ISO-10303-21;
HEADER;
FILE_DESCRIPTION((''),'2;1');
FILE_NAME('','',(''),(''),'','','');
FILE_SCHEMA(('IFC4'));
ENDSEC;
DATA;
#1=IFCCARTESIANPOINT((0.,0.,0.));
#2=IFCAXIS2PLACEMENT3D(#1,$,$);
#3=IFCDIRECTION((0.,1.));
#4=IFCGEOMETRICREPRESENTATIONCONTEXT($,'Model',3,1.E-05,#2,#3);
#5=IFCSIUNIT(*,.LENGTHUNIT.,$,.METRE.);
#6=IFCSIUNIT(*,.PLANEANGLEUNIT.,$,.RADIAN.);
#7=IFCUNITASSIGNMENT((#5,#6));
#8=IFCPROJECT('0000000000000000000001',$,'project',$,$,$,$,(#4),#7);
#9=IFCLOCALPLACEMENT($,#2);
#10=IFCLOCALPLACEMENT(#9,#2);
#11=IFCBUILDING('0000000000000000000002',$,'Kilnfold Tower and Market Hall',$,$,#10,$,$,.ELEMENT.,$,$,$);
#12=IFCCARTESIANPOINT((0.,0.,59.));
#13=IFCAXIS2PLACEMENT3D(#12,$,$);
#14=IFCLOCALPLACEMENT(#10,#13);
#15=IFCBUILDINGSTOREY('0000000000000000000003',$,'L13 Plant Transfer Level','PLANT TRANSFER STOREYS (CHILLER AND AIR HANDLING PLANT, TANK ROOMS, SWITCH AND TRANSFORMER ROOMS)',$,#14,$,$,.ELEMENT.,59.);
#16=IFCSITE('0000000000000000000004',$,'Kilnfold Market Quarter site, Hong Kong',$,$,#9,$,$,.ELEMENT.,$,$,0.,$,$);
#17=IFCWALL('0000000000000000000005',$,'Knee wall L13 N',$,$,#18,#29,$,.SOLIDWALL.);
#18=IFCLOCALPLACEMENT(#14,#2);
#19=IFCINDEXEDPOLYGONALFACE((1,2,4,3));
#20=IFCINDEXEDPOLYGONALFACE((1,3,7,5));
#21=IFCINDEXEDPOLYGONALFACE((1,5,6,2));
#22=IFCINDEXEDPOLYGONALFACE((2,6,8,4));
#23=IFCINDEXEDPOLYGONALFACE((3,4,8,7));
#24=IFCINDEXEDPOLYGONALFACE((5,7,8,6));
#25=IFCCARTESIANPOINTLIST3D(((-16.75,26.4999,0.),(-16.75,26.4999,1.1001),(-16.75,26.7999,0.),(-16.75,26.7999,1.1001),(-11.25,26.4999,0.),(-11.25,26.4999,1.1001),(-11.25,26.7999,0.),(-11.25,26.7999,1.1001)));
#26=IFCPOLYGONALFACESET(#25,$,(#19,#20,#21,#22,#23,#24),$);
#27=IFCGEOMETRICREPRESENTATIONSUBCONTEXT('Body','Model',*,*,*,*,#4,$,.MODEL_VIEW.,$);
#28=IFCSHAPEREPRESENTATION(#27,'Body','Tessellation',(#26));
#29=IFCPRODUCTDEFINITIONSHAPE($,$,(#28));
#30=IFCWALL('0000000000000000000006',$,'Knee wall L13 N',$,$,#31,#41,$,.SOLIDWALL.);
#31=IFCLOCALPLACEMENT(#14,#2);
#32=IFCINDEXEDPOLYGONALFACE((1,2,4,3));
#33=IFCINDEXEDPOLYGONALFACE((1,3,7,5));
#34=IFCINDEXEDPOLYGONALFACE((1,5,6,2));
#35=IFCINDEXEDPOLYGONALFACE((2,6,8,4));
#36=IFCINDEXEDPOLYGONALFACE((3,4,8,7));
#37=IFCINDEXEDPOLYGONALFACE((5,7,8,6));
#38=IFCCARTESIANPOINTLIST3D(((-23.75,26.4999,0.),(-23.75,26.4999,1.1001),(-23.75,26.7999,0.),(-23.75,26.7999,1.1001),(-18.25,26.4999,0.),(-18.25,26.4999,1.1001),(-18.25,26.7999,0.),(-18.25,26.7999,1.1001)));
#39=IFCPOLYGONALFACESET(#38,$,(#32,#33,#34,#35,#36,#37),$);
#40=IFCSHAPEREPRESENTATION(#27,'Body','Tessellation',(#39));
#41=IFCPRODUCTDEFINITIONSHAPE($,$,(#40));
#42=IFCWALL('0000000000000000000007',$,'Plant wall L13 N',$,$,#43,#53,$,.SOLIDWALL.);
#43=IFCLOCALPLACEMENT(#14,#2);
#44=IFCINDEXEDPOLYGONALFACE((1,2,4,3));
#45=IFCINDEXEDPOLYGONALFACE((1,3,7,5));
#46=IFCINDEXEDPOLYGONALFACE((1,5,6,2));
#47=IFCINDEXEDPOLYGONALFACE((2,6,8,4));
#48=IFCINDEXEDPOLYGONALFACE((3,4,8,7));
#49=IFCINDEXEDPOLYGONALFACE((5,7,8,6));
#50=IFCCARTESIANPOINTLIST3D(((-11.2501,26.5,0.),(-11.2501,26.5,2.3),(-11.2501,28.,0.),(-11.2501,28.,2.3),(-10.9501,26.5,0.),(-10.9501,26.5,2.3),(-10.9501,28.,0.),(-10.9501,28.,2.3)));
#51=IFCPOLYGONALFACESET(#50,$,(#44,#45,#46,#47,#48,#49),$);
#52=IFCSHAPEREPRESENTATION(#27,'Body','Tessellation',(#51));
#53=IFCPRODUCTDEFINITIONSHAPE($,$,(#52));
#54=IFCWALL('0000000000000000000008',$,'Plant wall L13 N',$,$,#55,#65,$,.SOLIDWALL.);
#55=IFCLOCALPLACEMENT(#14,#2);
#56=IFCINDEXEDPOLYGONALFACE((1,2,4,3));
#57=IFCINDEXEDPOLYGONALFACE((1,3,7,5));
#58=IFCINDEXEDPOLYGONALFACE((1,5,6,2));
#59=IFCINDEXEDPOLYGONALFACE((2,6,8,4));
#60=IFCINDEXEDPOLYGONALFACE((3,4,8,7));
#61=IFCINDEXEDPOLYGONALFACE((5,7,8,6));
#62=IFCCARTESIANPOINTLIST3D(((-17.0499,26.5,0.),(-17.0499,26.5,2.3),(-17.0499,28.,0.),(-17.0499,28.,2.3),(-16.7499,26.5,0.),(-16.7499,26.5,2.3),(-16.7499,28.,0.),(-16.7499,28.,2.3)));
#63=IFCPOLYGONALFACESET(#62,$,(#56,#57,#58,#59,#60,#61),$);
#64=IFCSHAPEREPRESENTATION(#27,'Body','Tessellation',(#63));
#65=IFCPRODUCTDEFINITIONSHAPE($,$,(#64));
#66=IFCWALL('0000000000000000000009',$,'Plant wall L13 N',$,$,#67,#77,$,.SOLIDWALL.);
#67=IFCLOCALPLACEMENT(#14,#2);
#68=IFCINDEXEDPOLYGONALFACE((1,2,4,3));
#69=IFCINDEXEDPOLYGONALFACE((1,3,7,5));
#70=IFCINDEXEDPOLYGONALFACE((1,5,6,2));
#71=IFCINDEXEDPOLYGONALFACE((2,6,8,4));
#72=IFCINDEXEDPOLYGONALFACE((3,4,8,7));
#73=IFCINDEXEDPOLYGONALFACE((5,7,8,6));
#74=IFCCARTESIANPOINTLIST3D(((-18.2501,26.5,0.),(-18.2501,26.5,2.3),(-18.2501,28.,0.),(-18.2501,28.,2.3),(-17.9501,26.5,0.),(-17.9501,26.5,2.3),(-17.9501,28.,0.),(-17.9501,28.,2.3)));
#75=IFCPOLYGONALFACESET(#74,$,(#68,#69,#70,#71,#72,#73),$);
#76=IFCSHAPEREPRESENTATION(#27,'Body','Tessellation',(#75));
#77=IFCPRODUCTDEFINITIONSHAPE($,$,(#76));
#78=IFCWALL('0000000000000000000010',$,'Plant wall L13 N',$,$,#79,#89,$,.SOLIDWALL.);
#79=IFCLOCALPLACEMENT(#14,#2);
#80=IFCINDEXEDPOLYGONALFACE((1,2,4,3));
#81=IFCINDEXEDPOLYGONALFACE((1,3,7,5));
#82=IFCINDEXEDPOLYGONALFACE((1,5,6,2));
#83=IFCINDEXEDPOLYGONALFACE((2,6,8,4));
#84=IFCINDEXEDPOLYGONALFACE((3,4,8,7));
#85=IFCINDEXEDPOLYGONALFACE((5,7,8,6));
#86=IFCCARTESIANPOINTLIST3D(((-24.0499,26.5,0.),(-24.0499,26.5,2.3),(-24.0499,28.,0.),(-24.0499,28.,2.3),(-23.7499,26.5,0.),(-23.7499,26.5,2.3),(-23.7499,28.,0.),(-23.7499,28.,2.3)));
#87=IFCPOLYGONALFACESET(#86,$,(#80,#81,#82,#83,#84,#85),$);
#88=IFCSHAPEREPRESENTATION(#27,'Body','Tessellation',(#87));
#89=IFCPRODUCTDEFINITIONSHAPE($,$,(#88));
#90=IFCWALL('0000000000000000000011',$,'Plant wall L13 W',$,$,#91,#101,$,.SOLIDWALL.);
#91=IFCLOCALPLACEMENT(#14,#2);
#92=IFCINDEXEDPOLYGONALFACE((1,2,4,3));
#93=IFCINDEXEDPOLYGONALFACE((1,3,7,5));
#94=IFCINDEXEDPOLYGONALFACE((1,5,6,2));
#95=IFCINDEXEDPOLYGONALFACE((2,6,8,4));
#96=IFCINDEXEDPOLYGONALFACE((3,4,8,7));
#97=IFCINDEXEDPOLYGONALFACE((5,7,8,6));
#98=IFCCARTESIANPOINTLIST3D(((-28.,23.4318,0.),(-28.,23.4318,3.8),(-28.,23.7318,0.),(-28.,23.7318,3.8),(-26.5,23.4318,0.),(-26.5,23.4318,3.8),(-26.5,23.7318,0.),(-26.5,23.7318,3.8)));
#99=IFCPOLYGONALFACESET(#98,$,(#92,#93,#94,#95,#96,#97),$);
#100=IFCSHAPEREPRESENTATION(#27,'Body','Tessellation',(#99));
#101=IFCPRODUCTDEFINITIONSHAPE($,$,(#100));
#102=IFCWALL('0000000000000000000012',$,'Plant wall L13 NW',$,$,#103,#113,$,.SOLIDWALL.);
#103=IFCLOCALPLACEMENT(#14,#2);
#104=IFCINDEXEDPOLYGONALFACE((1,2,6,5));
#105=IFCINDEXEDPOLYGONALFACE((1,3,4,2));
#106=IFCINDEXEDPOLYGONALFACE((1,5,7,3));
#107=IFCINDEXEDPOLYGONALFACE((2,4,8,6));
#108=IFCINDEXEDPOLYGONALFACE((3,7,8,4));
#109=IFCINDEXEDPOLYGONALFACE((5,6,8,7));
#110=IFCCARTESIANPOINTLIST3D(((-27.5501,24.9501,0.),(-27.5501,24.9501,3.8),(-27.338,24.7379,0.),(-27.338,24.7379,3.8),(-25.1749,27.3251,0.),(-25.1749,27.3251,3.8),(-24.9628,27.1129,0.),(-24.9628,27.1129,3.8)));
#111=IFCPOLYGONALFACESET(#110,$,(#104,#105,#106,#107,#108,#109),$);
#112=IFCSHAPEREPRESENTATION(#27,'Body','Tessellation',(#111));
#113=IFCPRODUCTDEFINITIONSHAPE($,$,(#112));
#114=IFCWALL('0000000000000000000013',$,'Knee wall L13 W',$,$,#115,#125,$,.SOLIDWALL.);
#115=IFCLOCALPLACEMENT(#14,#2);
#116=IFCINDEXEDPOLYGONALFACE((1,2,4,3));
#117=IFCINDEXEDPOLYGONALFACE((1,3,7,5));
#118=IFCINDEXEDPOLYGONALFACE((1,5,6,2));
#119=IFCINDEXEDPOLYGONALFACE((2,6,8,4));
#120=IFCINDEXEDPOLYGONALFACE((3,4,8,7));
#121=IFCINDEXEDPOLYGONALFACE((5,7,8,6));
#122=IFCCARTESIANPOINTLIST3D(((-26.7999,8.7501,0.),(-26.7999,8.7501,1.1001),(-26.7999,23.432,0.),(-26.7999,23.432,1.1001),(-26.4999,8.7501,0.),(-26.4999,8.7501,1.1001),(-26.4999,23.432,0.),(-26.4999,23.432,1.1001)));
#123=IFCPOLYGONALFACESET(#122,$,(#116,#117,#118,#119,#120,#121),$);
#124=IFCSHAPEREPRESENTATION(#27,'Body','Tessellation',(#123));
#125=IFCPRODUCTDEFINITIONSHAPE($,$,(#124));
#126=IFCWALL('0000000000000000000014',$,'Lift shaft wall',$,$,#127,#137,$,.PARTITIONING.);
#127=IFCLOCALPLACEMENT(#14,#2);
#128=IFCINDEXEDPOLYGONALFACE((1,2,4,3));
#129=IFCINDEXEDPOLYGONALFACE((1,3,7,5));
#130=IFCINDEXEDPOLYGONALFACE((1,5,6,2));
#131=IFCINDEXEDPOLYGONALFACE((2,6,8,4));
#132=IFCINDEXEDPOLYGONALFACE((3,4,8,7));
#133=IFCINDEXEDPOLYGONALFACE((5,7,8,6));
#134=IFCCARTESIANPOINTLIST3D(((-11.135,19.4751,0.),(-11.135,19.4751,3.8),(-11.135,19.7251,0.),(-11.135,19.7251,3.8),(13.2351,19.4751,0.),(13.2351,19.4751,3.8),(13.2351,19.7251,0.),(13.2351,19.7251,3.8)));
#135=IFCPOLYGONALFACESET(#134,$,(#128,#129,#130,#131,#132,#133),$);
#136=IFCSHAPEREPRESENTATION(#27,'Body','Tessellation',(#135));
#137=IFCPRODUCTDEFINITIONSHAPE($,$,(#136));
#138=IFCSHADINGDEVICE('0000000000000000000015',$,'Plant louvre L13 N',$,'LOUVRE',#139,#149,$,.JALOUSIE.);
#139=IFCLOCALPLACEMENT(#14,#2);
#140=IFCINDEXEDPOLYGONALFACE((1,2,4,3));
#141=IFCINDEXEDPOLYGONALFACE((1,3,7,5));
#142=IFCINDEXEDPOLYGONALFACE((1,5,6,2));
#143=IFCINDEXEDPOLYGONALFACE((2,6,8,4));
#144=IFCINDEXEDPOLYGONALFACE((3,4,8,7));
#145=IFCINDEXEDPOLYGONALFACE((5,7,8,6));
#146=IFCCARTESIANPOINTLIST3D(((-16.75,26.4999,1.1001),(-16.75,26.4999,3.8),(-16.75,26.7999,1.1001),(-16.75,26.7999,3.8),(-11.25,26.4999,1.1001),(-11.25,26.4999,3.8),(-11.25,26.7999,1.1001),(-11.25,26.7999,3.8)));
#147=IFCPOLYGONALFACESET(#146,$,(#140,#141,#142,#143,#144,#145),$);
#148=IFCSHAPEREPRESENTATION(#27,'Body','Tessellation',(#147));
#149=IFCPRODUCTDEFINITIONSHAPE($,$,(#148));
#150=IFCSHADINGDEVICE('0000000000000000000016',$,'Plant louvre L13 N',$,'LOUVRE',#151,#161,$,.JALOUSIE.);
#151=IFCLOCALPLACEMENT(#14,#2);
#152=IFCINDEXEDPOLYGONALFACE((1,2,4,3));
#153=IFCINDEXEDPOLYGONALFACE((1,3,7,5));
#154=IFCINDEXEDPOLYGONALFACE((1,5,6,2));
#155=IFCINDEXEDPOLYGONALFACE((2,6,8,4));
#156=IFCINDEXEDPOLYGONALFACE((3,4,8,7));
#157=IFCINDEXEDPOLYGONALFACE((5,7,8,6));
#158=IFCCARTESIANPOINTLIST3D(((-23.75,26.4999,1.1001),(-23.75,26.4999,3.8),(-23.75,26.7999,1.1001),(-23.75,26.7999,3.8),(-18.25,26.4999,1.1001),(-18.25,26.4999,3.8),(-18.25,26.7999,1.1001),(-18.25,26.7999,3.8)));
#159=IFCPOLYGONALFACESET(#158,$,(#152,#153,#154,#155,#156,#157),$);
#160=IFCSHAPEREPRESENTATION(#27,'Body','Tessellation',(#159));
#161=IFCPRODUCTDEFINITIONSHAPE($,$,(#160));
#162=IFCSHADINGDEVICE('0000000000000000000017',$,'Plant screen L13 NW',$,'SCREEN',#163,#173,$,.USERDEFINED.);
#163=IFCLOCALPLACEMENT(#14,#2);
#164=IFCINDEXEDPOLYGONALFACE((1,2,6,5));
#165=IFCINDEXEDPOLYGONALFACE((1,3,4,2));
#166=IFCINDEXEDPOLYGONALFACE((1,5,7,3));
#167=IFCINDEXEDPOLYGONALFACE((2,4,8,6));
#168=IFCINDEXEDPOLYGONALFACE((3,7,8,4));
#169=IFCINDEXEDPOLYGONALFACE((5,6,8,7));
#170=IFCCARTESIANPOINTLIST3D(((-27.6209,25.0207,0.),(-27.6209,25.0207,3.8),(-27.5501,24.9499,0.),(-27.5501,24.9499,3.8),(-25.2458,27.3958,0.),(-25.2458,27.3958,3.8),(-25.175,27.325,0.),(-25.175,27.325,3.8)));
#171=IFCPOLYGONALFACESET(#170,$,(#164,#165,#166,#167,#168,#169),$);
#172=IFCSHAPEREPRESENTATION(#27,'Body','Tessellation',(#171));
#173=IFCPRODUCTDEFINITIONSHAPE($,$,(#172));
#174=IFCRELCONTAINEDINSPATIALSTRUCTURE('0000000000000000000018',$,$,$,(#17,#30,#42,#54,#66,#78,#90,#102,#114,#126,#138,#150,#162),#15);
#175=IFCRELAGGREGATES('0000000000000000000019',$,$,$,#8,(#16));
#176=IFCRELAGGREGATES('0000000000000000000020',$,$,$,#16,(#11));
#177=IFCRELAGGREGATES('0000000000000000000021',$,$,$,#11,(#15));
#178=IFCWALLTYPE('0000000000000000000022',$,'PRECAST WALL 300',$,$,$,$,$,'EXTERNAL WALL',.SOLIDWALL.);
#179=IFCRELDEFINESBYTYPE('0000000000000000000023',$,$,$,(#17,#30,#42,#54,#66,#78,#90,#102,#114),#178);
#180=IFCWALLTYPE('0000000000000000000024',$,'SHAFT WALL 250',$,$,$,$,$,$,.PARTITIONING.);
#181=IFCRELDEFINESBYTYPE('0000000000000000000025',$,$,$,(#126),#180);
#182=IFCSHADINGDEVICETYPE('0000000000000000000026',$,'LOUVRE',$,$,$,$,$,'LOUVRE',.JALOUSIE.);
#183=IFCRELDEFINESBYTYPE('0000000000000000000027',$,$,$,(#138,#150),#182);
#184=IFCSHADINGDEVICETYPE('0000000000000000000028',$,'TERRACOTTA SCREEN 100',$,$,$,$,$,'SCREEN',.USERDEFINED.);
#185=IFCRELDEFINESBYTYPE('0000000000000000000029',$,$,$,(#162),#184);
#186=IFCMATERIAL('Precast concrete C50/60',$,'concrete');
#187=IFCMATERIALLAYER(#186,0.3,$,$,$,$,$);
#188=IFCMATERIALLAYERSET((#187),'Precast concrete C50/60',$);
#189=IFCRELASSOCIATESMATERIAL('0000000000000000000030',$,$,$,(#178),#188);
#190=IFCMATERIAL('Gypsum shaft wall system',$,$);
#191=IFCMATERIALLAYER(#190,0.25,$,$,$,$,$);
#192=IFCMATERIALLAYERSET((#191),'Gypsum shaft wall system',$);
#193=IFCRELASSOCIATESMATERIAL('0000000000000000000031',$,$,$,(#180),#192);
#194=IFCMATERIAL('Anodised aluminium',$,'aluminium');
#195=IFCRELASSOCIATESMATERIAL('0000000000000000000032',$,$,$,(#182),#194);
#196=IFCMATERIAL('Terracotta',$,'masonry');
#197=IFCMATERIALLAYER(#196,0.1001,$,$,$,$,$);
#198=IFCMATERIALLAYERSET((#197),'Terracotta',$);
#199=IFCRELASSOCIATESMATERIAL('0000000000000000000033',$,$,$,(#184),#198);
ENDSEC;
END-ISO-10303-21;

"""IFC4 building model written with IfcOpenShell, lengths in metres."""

from ifc_helpers import new_model, si_unit, direction, frame, frame_2d, origin, origin_2d, place, context, subcontext, project, spatial, rectangle, extrude, source, transform, mapped, material, layer, layer_set, type_object, element, save


model = new_model("IFC4")

# Units and contexts
model_context = context("Model", 3, precision=1e-05, world=origin(), true_north=direction((0.0, 1.0)))
body_context = subcontext(model_context, "Body", "Model", "MODEL_VIEW")
ifc_project = project(units=[si_unit("LENGTHUNIT", "METRE"), si_unit("PLANEANGLEUNIT", "RADIAN")], contexts=[model_context])

# Site, building, storey
site_placement = place(None, origin())
site = spatial("IfcSite", under=ifc_project, at=site_placement, Name="Kilnfold Market Quarter site, Hong Kong", CompositionType="ELEMENT", RefElevation=0.0)
building_placement = place(site_placement, origin())
building = spatial("IfcBuilding", under=site, at=building_placement, Name="Kilnfold Tower and Market Hall", CompositionType="ELEMENT")
storey_placement = place(building_placement, frame((0.0, 0.0, 59.0)))
storey = spatial("IfcBuildingStorey", under=building, at=storey_placement, Name="L13 Plant Transfer Level", Description="PLANT TRANSFER STOREYS (CHILLER AND AIR HANDLING PLANT, TANK ROOMS, SWITCH AND TRANSFORMER ROOMS)", CompositionType="ELEMENT", Elevation=59.0)

# Walls
ifc_material_1 = material(Name="Precast concrete C50/60", Category="concrete")
ifc_layer_1 = layer(ifc_material_1, 0.3)
ifc_layer_set_1 = layer_set([ifc_layer_1], Name="Precast concrete C50/60")
wall_type_1 = type_object("IfcWallType", Name="PRECAST WALL 300", ElementType="EXTERNAL WALL", PredefinedType="SOLIDWALL", material=ifc_layer_set_1)
shared_shape_1 = source(origin(), body_context, "Body", "SweptSolid", [
    extrude(rectangle(XDim=5.5, YDim=0.3, at=frame_2d((2.75, 0.0))), origin(), (0.0, 0.0, 1.0), 1.1001),
])
for number, where, z_axis, x_axis, name in (
    (1, (-11.25, 26.6499, 0.0), (0.0, 0.0, 1.0), (-1.0, 0.0, 0.0), "Knee wall L13 N"),
    (2, (-18.25, 26.6499, 0.0), (0.0, 0.0, 1.0), (-1.0, 0.0, 0.0), "Knee wall L13 N"),
):
    element("IfcWall", number, at=place(storey_placement, frame(where, z_axis=z_axis, x_axis=x_axis)), inside=storey, type_object=wall_type_1, Name=name, PredefinedType="SOLIDWALL", context=body_context, shape_type="MappedRepresentation", body=[
        mapped(shared_shape_1, transform((0.0, 0.0, 0.0))),
    ])
shared_shape_2 = source(origin(), body_context, "Body", "SweptSolid", [
    extrude(rectangle(XDim=1.5, YDim=0.3, at=frame_2d((0.75, 0.0))), origin(), (0.0, 0.0, 1.0), 2.3),
])
for number, where, z_axis, x_axis, name in (
    (3, (-11.1001, 28.0, 0.0), (0.0, 0.0, 1.0), (0.0, -1.0, 0.0), "Plant wall L13 N"),
    (4, (-16.8999, 28.0, 0.0), (0.0, 0.0, 1.0), (0.0, -1.0, 0.0), "Plant wall L13 N"),
    (5, (-18.1001, 28.0, 0.0), (0.0, 0.0, 1.0), (0.0, -1.0, 0.0), "Plant wall L13 N"),
    (6, (-23.8999, 28.0, 0.0), (0.0, 0.0, 1.0), (0.0, -1.0, 0.0), "Plant wall L13 N"),
):
    element("IfcWall", number, at=place(storey_placement, frame(where, z_axis=z_axis, x_axis=x_axis)), inside=storey, type_object=wall_type_1, Name=name, PredefinedType="SOLIDWALL", context=body_context, shape_type="MappedRepresentation", body=[
        mapped(shared_shape_2, transform((0.0, 0.0, 0.0))),
    ])
shared_shape_3 = source(origin(), body_context, "Body", "SweptSolid", [
    extrude(rectangle(XDim=1.5, YDim=0.3, at=frame_2d((0.75, 0.0))), origin(), (0.0, 0.0, 1.0), 3.8),
])
wall_1_placement = place(storey_placement, frame((-28.0, 23.5818, 0.0), z_axis=(0.0, 0.0, 1.0), x_axis=(1.0, 0.0, 0.0)))
element("IfcWall", 7, at=wall_1_placement, inside=storey, type_object=wall_type_1, Name="Plant wall L13 W", PredefinedType="SOLIDWALL", context=body_context, shape_type="MappedRepresentation", body=[
    mapped(shared_shape_3, transform((0.0, 0.0, 0.0))),
])
shared_shape_4 = source(origin(), body_context, "Body", "SweptSolid", [
    extrude(rectangle(XDim=3.3589, YDim=0.3, at=frame_2d((1.6794, 0.0))), origin(), (0.0, 0.0, 1.0), 3.8),
])
wall_2_placement = place(storey_placement, frame((-25.0688, 27.219, 0.0), z_axis=(0.0, 0.0, 1.0), x_axis=(-0.707143, -0.70707, 0.0)))
element("IfcWall", 8, at=wall_2_placement, inside=storey, type_object=wall_type_1, Name="Plant wall L13 NW", PredefinedType="SOLIDWALL", context=body_context, shape_type="MappedRepresentation", body=[
    mapped(shared_shape_4, transform((0.0, 0.0, 0.0))),
])
shared_shape_5 = source(origin(), body_context, "Body", "SweptSolid", [
    extrude(rectangle(XDim=14.6819, YDim=0.3, at=frame_2d((7.3408, 0.0))), origin(), (0.0, 0.0, 1.0), 1.1001),
])
wall_3_placement = place(storey_placement, frame((-26.6499, 23.4319, 0.0), z_axis=(0.0, 0.0, 1.0), x_axis=(0.0, -1.0, 0.0)))
element("IfcWall", 9, at=wall_3_placement, inside=storey, type_object=wall_type_1, Name="Knee wall L13 W", PredefinedType="SOLIDWALL", context=body_context, shape_type="MappedRepresentation", body=[
    mapped(shared_shape_5, transform((0.0, 0.0, 0.0))),
])
ifc_material_2 = material(Name="Gypsum shaft wall system")
ifc_layer_2 = layer(ifc_material_2, 0.25)
ifc_layer_set_2 = layer_set([ifc_layer_2], Name="Gypsum shaft wall system")
wall_type_2 = type_object("IfcWallType", Name="SHAFT WALL 250", PredefinedType="PARTITIONING", material=ifc_layer_set_2)
shared_shape_6 = source(origin(), body_context, "Body", "SweptSolid", [
    extrude(rectangle(XDim=24.3701, YDim=0.25, at=frame_2d((12.1851, 0.0))), origin(), (0.0, 0.0, 1.0), 3.8),
])
wall_4_placement = place(storey_placement, frame((-11.135, 19.6001, 0.0), z_axis=(0.0, 0.0, 1.0), x_axis=(1.0, 0.0, 0.0)))
element("IfcWall", 10, at=wall_4_placement, inside=storey, type_object=wall_type_2, Name="Lift shaft wall", PredefinedType="PARTITIONING", context=body_context, shape_type="MappedRepresentation", body=[
    mapped(shared_shape_6, transform((0.0, 0.0, 0.0))),
])

# Shading devices
ifc_material_3 = material(Name="Anodised aluminium", Category="aluminium")
shading_device_type_1 = type_object("IfcShadingDeviceType", Name="LOUVRE", ElementType="LOUVRE", PredefinedType="JALOUSIE", material=ifc_material_3)
shared_shape_7 = source(origin(), body_context, "Body", "SweptSolid", [
    extrude(rectangle(XDim=5.5, YDim=0.3, at=origin_2d()), origin(), (0.0, 0.0, 1.0), 2.7),
])
for number, where, z_axis, x_axis, name in (
    (11, (-14.0, 26.6499, 1.1001), (0.0, 0.0, 1.0), (-1.0, 0.0, 0.0), "Plant louvre L13 N"),
    (12, (-21.0, 26.6499, 1.1001), (0.0, 0.0, 1.0), (-1.0, 0.0, 0.0), "Plant louvre L13 N"),
):
    element("IfcShadingDevice", number, at=place(storey_placement, frame(where, z_axis=z_axis, x_axis=x_axis)), inside=storey, type_object=shading_device_type_1, Name=name, ObjectType="LOUVRE", PredefinedType="JALOUSIE", context=body_context, shape_type="MappedRepresentation", body=[
        mapped(shared_shape_7, transform((0.0, 0.0, 0.0))),
    ])
ifc_material_4 = material(Name="Terracotta", Category="masonry")
ifc_layer_3 = layer(ifc_material_4, 0.1001)
ifc_layer_set_3 = layer_set([ifc_layer_3], Name="Terracotta")
shading_device_type_2 = type_object("IfcShadingDeviceType", Name="TERRACOTTA SCREEN 100", ElementType="SCREEN", PredefinedType="USERDEFINED", material=ifc_layer_set_3)
shared_shape_8 = source(origin(), body_context, "Body", "SweptSolid", [
    extrude(rectangle(XDim=3.3589, YDim=0.1001, at=origin_2d()), origin(), (0.0, 0.0, 1.0), 3.8),
])
shading_device_placement = place(storey_placement, frame((-26.3979, 26.1729, 0.0), z_axis=(0.0, 0.0, 1.0), x_axis=(-0.707107, -0.707107, 0.0)))
element("IfcShadingDevice", 13, at=shading_device_placement, inside=storey, type_object=shading_device_type_2, Name="Plant screen L13 NW", ObjectType="SCREEN", PredefinedType="USERDEFINED", context=body_context, shape_type="MappedRepresentation", body=[
    mapped(shared_shape_8, transform((0.0, 0.0, 0.0))),
])

save(model, "model.ifc")
